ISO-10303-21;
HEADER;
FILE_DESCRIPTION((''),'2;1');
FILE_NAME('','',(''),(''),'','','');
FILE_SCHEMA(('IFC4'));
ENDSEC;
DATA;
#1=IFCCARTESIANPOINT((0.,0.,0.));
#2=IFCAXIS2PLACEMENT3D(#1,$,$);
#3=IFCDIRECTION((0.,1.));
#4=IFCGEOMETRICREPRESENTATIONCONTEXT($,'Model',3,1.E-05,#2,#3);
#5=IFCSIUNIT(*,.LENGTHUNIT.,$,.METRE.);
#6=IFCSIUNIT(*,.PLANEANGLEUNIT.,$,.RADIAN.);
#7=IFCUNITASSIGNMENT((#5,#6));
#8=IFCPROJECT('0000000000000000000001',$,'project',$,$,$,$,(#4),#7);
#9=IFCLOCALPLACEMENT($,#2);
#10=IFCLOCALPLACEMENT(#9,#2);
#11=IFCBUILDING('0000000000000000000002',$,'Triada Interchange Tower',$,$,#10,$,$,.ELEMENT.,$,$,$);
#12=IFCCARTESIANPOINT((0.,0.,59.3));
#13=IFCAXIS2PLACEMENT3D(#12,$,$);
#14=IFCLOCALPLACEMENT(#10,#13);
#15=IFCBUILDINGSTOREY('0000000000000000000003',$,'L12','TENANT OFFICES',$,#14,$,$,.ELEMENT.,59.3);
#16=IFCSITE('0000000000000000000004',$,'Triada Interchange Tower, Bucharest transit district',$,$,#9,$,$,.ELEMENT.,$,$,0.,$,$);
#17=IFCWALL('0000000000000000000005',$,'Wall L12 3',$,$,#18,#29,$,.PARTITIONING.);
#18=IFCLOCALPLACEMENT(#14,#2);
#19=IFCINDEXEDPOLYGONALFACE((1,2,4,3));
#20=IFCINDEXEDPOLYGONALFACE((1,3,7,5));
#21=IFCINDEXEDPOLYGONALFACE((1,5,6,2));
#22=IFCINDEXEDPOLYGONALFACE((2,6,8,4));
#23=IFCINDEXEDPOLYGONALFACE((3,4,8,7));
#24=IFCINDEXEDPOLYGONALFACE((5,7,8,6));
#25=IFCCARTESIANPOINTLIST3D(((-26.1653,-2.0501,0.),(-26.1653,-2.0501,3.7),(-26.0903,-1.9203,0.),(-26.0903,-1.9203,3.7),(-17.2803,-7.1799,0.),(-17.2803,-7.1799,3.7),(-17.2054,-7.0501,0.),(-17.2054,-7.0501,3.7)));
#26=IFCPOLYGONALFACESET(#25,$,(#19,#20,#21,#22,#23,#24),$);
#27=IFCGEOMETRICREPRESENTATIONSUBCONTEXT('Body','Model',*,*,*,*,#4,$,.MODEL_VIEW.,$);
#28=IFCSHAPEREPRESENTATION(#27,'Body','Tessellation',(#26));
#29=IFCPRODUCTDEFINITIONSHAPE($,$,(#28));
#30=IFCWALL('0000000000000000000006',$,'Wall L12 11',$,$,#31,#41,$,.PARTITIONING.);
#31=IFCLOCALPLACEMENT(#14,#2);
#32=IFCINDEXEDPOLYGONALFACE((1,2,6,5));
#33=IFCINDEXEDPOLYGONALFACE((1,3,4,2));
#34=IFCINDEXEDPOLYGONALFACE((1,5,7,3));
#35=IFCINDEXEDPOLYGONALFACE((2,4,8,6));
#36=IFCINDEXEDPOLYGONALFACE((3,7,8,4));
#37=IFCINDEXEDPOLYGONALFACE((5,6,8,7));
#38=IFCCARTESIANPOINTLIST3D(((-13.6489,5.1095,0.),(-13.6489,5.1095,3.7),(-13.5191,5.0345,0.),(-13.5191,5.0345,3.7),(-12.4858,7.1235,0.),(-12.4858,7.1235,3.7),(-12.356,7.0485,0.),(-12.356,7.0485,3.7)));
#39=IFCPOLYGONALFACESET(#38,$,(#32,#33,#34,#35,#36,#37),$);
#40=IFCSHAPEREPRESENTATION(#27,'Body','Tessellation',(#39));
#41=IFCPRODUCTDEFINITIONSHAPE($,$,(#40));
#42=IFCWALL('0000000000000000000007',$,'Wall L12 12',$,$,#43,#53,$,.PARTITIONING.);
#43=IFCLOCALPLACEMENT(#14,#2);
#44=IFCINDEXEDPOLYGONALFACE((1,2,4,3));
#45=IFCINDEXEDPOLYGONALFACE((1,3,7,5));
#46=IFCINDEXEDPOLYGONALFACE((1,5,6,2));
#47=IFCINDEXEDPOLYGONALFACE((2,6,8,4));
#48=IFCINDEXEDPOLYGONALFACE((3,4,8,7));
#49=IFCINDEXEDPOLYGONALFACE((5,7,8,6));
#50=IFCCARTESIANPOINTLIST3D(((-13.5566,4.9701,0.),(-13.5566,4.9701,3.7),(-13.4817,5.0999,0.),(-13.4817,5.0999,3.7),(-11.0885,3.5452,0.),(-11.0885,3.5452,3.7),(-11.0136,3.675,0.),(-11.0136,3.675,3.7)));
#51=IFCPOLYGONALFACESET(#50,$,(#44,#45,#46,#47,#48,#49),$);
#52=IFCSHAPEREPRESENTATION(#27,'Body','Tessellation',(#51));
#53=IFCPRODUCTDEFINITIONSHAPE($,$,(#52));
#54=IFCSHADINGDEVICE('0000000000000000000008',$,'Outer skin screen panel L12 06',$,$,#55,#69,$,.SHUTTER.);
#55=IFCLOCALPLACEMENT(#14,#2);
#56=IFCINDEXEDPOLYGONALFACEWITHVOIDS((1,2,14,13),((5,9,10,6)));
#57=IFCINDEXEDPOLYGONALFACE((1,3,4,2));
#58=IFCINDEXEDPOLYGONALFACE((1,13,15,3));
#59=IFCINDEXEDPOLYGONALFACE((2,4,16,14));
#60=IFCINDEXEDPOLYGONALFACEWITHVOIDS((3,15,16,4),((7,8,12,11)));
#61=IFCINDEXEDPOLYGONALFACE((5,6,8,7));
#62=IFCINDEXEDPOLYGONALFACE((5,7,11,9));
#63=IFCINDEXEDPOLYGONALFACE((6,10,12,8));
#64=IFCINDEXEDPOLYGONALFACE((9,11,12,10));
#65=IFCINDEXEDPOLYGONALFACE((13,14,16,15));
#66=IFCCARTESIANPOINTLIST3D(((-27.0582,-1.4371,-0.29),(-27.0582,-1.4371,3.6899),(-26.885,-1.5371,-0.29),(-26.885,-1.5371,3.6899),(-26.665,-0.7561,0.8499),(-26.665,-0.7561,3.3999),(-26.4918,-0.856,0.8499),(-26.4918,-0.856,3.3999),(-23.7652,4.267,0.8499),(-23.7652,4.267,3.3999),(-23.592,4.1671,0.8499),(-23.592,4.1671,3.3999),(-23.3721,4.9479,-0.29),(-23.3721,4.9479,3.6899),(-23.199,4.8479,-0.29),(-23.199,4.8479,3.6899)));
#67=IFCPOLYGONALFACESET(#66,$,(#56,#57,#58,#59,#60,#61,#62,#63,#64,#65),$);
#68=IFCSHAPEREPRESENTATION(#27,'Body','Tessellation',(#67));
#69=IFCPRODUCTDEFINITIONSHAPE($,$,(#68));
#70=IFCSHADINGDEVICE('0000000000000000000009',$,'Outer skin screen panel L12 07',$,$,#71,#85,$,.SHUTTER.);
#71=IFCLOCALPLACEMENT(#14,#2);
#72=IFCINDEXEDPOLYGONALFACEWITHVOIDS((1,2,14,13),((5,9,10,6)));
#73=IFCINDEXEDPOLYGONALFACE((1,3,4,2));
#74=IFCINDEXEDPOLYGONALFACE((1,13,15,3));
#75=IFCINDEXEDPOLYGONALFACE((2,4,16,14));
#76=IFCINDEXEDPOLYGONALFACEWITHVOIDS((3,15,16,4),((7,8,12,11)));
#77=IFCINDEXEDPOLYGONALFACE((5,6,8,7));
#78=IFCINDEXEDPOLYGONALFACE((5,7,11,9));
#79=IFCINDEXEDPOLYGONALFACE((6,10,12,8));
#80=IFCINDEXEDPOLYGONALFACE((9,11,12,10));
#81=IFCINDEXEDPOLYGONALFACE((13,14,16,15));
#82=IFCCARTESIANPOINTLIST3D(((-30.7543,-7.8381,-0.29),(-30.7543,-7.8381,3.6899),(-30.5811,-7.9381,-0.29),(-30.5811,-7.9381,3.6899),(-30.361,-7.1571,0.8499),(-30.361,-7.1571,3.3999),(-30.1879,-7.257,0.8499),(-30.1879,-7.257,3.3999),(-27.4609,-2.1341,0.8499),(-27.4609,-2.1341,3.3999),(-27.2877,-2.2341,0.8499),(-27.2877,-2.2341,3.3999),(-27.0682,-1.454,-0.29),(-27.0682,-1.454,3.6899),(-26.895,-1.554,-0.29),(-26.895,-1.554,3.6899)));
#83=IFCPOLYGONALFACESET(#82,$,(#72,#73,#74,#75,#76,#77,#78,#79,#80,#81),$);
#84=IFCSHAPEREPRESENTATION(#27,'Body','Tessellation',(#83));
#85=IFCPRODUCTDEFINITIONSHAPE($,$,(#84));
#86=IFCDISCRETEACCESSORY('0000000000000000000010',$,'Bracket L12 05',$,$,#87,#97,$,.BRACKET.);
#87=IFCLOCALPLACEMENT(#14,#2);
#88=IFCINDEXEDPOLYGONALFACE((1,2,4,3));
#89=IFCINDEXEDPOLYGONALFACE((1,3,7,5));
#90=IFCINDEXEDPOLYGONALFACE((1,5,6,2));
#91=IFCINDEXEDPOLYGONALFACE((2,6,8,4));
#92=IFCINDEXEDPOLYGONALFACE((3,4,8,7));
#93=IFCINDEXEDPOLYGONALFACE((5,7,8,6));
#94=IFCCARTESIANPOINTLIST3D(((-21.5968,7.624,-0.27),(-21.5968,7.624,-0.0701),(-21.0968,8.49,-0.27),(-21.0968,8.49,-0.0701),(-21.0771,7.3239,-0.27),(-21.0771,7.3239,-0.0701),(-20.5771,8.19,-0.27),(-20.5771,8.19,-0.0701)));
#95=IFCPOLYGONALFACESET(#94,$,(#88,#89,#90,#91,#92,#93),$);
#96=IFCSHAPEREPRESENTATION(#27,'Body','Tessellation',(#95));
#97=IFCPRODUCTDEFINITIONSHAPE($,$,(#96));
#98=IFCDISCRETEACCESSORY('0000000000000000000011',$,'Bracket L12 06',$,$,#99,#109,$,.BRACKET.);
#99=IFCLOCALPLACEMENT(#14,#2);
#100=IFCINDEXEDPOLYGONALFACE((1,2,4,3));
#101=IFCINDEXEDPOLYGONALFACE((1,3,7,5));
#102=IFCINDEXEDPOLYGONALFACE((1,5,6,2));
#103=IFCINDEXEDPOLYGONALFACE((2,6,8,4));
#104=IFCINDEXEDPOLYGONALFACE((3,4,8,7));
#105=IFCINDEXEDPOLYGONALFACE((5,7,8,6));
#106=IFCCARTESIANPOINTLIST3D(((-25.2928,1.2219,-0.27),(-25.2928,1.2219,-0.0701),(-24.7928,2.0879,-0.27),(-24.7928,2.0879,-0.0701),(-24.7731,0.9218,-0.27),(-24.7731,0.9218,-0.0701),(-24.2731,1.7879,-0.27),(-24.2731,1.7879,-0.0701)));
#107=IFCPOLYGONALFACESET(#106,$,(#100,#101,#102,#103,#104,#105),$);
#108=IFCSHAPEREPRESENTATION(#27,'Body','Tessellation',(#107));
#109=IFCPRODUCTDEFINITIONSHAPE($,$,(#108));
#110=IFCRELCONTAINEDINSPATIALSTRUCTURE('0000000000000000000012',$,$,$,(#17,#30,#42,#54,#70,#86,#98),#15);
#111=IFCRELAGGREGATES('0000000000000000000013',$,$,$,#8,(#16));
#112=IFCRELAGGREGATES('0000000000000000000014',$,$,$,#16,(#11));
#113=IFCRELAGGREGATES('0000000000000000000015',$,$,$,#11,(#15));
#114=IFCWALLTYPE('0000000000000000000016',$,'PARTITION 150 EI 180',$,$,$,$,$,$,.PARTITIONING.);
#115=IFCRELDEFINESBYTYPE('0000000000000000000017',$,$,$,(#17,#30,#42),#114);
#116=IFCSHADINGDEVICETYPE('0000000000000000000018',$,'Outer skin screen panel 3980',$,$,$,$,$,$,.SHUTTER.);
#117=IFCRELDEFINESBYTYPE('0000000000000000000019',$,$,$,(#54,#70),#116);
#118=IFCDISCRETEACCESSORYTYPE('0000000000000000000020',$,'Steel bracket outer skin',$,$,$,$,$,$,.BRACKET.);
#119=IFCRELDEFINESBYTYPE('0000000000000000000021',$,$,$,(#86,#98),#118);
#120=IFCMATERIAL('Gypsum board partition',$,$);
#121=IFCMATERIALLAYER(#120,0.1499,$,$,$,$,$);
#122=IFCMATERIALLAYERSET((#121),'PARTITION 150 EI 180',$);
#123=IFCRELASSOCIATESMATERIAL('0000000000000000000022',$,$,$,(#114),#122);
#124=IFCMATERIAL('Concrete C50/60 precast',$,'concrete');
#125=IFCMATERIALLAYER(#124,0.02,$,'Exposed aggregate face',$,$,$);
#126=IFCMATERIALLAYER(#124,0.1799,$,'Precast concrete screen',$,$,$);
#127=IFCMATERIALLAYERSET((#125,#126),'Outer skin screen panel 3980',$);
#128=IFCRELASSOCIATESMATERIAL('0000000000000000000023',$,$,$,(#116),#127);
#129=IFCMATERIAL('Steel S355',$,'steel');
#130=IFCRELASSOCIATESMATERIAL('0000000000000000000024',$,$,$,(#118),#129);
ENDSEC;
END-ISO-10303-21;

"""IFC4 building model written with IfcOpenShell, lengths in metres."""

from ifc_helpers import new_model, si_unit, direction, frame, frame_2d, origin, origin_2d, place, context, subcontext, project, spatial, polyline, rectangle, outline, extrude, material, layer, layer_set, type_object, element, save


model = new_model("IFC4")

# Units and contexts
model_context = context("Model", 3, precision=1e-05, world=origin(), true_north=direction((0.0, 1.0)))
body_context = subcontext(model_context, "Body", "Model", "MODEL_VIEW")
ifc_project = project(units=[si_unit("LENGTHUNIT", "METRE"), si_unit("PLANEANGLEUNIT", "RADIAN")], contexts=[model_context])

# Site, building, storey
site_placement = place(None, origin())
site = spatial("IfcSite", under=ifc_project, at=site_placement, Name="Triada Interchange Tower, Bucharest transit district", CompositionType="ELEMENT", RefElevation=0.0)
building_placement = place(site_placement, origin())
building = spatial("IfcBuilding", under=site, at=building_placement, Name="Triada Interchange Tower", CompositionType="ELEMENT")
storey_placement = place(building_placement, frame((0.0, 0.0, 59.3)))
storey = spatial("IfcBuildingStorey", under=building, at=storey_placement, Name="L12", Description="TENANT OFFICES", CompositionType="ELEMENT", Elevation=59.3)

# Walls
ifc_material_1 = material(Name="Gypsum board partition")
ifc_layer_1 = layer(ifc_material_1, 0.1499)
ifc_layer_set_1 = layer_set([ifc_layer_1], Name="PARTITION 150 EI 180")
wall_type_1 = type_object("IfcWallType", Name="PARTITION 150 EI 180", PredefinedType="PARTITIONING", material=ifc_layer_set_1)
wall_1_placement = place(storey_placement, frame((-26.1279, -1.9851, 0.0), z_axis=(0.0, 0.0, 1.0), x_axis=(0.86602, -0.500009, 0.0)))
element("IfcWall", 1, at=wall_1_placement, inside=storey, type_object=wall_type_1, Name="Wall L12 3", PredefinedType="PARTITIONING", context=body_context, shape_type="SweptSolid", body=[
    extrude(rectangle(XDim=10.2595, YDim=0.1499, at=frame_2d((5.1299, 0.0))), origin(), (0.0, 0.0, 1.0), 3.7),
])
wall_2_placement = place(storey_placement, frame((-13.584, 5.072, 0.0), z_axis=(0.0, 0.0, 1.0), x_axis=(0.500113, 0.86596, 0.0)))
element("IfcWall", 2, at=wall_2_placement, inside=storey, type_object=wall_type_1, Name="Wall L12 11", PredefinedType="PARTITIONING", context=body_context, shape_type="SweptSolid", body=[
    extrude(rectangle(XDim=2.3257, YDim=0.1499, at=frame_2d((1.1628, 0.0))), origin(), (0.0, 0.0, 1.0), 3.7),
])
wall_3_placement = place(storey_placement, frame((-13.519, 5.0349, 0.0), z_axis=(0.0, 0.0, 1.0), x_axis=(0.866041, -0.499972, 0.0)))
element("IfcWall", 3, at=wall_3_placement, inside=storey, type_object=wall_type_1, Name="Wall L12 12", PredefinedType="PARTITIONING", context=body_context, shape_type="SweptSolid", body=[
    extrude(rectangle(XDim=2.8499, YDim=0.1499, at=frame_2d((1.4248, 0.0))), origin(), (0.0, 0.0, 1.0), 3.7),
])

# Shading devices
ifc_material_2 = material(Name="Concrete C50/60 precast", Category="concrete")
ifc_layer_2 = layer(ifc_material_2, 0.02, Name="Exposed aggregate face")
ifc_layer_3 = layer(ifc_material_2, 0.1799, Name="Precast concrete screen")
ifc_layer_set_2 = layer_set([ifc_layer_2, ifc_layer_3], Name="Outer skin screen panel 3980")
shading_device_type = type_object("IfcShadingDeviceType", Name="Outer skin screen panel 3980", PredefinedType="SHUTTER", material=ifc_layer_set_2)
shading_device_1_placement = place(storey_placement, frame((-23.199, 4.8479, -0.29), z_axis=(0.0, 0.0, 1.0), x_axis=(-0.499964, -0.866046, 0.0)))
element("IfcShadingDevice", 4, at=shading_device_1_placement, inside=storey, type_object=shading_device_type, Name="Outer skin screen panel L12 06", PredefinedType="SHUTTER", context=body_context, shape_type="SweptSolid", body=[
    extrude(outline(polyline([(0.0, 0.0), (7.3726, 0.0), (7.3726, 3.98), (0.0, 3.98), (0.0, 0.0)]), holes=[polyline([(0.7861, 1.1399), (0.7861, 3.6899), (6.5862, 3.6899), (6.5862, 1.1399), (0.7861, 1.1399)])]), frame((0.0, 0.0, 0.0), z_axis=(0.0, -1.0, 0.0), x_axis=(1.0, 0.0, 0.0)), (0.0, 0.0, 1.0), 0.2),
])
shading_device_2_placement = place(storey_placement, frame((-26.895, -1.554, -0.29), z_axis=(0.0, 0.0, 1.0), x_axis=(-0.500022, -0.866013, 0.0)))
element("IfcShadingDevice", 5, at=shading_device_2_placement, inside=storey, type_object=shading_device_type, Name="Outer skin screen panel L12 07", PredefinedType="SHUTTER", context=body_context, shape_type="SweptSolid", body=[
    extrude(outline(polyline([(0.0, 0.0), (7.3718, 0.0), (7.3718, 3.98), (0.0, 3.98), (0.0, 0.0)]), holes=[polyline([(0.7854, 1.1399), (0.7854, 3.6899), (6.5854, 3.6899), (6.5854, 1.1399), (0.7854, 1.1399)])]), frame((0.0, 0.0, 0.0), z_axis=(0.0, -1.0, 0.0), x_axis=(1.0, 0.0, 0.0)), (0.0, 0.0, 1.0), 0.2),
])

# Discrete accessories
ifc_material_3 = material(Name="Steel S355", Category="steel")
discrete_accessory_type = type_object("IfcDiscreteAccessoryType", Name="Steel bracket outer skin", PredefinedType="BRACKET", material=ifc_material_3)
for number, where, z_axis, x_axis, name in (
    (6, (-21.0869, 7.907, -0.27), (0.0, 0.0, 1.0), (-0.866022, 0.500006, 0.0), "Bracket L12 05"),
    (7, (-24.783, 1.5049, -0.27), (0.0, 0.0, 1.0), (-0.866022, 0.500006, 0.0), "Bracket L12 06"),
):
    element("IfcDiscreteAccessory", number, at=place(storey_placement, frame(where, z_axis=z_axis, x_axis=x_axis)), inside=storey, type_object=discrete_accessory_type, Name=name, PredefinedType="BRACKET", context=body_context, shape_type="SweptSolid", body=[
        extrude(rectangle(XDim=0.6001, YDim=1.0, at=origin_2d()), origin(), (0.0, 0.0, 1.0), 0.2),
    ])

save(model, "model.ifc")
